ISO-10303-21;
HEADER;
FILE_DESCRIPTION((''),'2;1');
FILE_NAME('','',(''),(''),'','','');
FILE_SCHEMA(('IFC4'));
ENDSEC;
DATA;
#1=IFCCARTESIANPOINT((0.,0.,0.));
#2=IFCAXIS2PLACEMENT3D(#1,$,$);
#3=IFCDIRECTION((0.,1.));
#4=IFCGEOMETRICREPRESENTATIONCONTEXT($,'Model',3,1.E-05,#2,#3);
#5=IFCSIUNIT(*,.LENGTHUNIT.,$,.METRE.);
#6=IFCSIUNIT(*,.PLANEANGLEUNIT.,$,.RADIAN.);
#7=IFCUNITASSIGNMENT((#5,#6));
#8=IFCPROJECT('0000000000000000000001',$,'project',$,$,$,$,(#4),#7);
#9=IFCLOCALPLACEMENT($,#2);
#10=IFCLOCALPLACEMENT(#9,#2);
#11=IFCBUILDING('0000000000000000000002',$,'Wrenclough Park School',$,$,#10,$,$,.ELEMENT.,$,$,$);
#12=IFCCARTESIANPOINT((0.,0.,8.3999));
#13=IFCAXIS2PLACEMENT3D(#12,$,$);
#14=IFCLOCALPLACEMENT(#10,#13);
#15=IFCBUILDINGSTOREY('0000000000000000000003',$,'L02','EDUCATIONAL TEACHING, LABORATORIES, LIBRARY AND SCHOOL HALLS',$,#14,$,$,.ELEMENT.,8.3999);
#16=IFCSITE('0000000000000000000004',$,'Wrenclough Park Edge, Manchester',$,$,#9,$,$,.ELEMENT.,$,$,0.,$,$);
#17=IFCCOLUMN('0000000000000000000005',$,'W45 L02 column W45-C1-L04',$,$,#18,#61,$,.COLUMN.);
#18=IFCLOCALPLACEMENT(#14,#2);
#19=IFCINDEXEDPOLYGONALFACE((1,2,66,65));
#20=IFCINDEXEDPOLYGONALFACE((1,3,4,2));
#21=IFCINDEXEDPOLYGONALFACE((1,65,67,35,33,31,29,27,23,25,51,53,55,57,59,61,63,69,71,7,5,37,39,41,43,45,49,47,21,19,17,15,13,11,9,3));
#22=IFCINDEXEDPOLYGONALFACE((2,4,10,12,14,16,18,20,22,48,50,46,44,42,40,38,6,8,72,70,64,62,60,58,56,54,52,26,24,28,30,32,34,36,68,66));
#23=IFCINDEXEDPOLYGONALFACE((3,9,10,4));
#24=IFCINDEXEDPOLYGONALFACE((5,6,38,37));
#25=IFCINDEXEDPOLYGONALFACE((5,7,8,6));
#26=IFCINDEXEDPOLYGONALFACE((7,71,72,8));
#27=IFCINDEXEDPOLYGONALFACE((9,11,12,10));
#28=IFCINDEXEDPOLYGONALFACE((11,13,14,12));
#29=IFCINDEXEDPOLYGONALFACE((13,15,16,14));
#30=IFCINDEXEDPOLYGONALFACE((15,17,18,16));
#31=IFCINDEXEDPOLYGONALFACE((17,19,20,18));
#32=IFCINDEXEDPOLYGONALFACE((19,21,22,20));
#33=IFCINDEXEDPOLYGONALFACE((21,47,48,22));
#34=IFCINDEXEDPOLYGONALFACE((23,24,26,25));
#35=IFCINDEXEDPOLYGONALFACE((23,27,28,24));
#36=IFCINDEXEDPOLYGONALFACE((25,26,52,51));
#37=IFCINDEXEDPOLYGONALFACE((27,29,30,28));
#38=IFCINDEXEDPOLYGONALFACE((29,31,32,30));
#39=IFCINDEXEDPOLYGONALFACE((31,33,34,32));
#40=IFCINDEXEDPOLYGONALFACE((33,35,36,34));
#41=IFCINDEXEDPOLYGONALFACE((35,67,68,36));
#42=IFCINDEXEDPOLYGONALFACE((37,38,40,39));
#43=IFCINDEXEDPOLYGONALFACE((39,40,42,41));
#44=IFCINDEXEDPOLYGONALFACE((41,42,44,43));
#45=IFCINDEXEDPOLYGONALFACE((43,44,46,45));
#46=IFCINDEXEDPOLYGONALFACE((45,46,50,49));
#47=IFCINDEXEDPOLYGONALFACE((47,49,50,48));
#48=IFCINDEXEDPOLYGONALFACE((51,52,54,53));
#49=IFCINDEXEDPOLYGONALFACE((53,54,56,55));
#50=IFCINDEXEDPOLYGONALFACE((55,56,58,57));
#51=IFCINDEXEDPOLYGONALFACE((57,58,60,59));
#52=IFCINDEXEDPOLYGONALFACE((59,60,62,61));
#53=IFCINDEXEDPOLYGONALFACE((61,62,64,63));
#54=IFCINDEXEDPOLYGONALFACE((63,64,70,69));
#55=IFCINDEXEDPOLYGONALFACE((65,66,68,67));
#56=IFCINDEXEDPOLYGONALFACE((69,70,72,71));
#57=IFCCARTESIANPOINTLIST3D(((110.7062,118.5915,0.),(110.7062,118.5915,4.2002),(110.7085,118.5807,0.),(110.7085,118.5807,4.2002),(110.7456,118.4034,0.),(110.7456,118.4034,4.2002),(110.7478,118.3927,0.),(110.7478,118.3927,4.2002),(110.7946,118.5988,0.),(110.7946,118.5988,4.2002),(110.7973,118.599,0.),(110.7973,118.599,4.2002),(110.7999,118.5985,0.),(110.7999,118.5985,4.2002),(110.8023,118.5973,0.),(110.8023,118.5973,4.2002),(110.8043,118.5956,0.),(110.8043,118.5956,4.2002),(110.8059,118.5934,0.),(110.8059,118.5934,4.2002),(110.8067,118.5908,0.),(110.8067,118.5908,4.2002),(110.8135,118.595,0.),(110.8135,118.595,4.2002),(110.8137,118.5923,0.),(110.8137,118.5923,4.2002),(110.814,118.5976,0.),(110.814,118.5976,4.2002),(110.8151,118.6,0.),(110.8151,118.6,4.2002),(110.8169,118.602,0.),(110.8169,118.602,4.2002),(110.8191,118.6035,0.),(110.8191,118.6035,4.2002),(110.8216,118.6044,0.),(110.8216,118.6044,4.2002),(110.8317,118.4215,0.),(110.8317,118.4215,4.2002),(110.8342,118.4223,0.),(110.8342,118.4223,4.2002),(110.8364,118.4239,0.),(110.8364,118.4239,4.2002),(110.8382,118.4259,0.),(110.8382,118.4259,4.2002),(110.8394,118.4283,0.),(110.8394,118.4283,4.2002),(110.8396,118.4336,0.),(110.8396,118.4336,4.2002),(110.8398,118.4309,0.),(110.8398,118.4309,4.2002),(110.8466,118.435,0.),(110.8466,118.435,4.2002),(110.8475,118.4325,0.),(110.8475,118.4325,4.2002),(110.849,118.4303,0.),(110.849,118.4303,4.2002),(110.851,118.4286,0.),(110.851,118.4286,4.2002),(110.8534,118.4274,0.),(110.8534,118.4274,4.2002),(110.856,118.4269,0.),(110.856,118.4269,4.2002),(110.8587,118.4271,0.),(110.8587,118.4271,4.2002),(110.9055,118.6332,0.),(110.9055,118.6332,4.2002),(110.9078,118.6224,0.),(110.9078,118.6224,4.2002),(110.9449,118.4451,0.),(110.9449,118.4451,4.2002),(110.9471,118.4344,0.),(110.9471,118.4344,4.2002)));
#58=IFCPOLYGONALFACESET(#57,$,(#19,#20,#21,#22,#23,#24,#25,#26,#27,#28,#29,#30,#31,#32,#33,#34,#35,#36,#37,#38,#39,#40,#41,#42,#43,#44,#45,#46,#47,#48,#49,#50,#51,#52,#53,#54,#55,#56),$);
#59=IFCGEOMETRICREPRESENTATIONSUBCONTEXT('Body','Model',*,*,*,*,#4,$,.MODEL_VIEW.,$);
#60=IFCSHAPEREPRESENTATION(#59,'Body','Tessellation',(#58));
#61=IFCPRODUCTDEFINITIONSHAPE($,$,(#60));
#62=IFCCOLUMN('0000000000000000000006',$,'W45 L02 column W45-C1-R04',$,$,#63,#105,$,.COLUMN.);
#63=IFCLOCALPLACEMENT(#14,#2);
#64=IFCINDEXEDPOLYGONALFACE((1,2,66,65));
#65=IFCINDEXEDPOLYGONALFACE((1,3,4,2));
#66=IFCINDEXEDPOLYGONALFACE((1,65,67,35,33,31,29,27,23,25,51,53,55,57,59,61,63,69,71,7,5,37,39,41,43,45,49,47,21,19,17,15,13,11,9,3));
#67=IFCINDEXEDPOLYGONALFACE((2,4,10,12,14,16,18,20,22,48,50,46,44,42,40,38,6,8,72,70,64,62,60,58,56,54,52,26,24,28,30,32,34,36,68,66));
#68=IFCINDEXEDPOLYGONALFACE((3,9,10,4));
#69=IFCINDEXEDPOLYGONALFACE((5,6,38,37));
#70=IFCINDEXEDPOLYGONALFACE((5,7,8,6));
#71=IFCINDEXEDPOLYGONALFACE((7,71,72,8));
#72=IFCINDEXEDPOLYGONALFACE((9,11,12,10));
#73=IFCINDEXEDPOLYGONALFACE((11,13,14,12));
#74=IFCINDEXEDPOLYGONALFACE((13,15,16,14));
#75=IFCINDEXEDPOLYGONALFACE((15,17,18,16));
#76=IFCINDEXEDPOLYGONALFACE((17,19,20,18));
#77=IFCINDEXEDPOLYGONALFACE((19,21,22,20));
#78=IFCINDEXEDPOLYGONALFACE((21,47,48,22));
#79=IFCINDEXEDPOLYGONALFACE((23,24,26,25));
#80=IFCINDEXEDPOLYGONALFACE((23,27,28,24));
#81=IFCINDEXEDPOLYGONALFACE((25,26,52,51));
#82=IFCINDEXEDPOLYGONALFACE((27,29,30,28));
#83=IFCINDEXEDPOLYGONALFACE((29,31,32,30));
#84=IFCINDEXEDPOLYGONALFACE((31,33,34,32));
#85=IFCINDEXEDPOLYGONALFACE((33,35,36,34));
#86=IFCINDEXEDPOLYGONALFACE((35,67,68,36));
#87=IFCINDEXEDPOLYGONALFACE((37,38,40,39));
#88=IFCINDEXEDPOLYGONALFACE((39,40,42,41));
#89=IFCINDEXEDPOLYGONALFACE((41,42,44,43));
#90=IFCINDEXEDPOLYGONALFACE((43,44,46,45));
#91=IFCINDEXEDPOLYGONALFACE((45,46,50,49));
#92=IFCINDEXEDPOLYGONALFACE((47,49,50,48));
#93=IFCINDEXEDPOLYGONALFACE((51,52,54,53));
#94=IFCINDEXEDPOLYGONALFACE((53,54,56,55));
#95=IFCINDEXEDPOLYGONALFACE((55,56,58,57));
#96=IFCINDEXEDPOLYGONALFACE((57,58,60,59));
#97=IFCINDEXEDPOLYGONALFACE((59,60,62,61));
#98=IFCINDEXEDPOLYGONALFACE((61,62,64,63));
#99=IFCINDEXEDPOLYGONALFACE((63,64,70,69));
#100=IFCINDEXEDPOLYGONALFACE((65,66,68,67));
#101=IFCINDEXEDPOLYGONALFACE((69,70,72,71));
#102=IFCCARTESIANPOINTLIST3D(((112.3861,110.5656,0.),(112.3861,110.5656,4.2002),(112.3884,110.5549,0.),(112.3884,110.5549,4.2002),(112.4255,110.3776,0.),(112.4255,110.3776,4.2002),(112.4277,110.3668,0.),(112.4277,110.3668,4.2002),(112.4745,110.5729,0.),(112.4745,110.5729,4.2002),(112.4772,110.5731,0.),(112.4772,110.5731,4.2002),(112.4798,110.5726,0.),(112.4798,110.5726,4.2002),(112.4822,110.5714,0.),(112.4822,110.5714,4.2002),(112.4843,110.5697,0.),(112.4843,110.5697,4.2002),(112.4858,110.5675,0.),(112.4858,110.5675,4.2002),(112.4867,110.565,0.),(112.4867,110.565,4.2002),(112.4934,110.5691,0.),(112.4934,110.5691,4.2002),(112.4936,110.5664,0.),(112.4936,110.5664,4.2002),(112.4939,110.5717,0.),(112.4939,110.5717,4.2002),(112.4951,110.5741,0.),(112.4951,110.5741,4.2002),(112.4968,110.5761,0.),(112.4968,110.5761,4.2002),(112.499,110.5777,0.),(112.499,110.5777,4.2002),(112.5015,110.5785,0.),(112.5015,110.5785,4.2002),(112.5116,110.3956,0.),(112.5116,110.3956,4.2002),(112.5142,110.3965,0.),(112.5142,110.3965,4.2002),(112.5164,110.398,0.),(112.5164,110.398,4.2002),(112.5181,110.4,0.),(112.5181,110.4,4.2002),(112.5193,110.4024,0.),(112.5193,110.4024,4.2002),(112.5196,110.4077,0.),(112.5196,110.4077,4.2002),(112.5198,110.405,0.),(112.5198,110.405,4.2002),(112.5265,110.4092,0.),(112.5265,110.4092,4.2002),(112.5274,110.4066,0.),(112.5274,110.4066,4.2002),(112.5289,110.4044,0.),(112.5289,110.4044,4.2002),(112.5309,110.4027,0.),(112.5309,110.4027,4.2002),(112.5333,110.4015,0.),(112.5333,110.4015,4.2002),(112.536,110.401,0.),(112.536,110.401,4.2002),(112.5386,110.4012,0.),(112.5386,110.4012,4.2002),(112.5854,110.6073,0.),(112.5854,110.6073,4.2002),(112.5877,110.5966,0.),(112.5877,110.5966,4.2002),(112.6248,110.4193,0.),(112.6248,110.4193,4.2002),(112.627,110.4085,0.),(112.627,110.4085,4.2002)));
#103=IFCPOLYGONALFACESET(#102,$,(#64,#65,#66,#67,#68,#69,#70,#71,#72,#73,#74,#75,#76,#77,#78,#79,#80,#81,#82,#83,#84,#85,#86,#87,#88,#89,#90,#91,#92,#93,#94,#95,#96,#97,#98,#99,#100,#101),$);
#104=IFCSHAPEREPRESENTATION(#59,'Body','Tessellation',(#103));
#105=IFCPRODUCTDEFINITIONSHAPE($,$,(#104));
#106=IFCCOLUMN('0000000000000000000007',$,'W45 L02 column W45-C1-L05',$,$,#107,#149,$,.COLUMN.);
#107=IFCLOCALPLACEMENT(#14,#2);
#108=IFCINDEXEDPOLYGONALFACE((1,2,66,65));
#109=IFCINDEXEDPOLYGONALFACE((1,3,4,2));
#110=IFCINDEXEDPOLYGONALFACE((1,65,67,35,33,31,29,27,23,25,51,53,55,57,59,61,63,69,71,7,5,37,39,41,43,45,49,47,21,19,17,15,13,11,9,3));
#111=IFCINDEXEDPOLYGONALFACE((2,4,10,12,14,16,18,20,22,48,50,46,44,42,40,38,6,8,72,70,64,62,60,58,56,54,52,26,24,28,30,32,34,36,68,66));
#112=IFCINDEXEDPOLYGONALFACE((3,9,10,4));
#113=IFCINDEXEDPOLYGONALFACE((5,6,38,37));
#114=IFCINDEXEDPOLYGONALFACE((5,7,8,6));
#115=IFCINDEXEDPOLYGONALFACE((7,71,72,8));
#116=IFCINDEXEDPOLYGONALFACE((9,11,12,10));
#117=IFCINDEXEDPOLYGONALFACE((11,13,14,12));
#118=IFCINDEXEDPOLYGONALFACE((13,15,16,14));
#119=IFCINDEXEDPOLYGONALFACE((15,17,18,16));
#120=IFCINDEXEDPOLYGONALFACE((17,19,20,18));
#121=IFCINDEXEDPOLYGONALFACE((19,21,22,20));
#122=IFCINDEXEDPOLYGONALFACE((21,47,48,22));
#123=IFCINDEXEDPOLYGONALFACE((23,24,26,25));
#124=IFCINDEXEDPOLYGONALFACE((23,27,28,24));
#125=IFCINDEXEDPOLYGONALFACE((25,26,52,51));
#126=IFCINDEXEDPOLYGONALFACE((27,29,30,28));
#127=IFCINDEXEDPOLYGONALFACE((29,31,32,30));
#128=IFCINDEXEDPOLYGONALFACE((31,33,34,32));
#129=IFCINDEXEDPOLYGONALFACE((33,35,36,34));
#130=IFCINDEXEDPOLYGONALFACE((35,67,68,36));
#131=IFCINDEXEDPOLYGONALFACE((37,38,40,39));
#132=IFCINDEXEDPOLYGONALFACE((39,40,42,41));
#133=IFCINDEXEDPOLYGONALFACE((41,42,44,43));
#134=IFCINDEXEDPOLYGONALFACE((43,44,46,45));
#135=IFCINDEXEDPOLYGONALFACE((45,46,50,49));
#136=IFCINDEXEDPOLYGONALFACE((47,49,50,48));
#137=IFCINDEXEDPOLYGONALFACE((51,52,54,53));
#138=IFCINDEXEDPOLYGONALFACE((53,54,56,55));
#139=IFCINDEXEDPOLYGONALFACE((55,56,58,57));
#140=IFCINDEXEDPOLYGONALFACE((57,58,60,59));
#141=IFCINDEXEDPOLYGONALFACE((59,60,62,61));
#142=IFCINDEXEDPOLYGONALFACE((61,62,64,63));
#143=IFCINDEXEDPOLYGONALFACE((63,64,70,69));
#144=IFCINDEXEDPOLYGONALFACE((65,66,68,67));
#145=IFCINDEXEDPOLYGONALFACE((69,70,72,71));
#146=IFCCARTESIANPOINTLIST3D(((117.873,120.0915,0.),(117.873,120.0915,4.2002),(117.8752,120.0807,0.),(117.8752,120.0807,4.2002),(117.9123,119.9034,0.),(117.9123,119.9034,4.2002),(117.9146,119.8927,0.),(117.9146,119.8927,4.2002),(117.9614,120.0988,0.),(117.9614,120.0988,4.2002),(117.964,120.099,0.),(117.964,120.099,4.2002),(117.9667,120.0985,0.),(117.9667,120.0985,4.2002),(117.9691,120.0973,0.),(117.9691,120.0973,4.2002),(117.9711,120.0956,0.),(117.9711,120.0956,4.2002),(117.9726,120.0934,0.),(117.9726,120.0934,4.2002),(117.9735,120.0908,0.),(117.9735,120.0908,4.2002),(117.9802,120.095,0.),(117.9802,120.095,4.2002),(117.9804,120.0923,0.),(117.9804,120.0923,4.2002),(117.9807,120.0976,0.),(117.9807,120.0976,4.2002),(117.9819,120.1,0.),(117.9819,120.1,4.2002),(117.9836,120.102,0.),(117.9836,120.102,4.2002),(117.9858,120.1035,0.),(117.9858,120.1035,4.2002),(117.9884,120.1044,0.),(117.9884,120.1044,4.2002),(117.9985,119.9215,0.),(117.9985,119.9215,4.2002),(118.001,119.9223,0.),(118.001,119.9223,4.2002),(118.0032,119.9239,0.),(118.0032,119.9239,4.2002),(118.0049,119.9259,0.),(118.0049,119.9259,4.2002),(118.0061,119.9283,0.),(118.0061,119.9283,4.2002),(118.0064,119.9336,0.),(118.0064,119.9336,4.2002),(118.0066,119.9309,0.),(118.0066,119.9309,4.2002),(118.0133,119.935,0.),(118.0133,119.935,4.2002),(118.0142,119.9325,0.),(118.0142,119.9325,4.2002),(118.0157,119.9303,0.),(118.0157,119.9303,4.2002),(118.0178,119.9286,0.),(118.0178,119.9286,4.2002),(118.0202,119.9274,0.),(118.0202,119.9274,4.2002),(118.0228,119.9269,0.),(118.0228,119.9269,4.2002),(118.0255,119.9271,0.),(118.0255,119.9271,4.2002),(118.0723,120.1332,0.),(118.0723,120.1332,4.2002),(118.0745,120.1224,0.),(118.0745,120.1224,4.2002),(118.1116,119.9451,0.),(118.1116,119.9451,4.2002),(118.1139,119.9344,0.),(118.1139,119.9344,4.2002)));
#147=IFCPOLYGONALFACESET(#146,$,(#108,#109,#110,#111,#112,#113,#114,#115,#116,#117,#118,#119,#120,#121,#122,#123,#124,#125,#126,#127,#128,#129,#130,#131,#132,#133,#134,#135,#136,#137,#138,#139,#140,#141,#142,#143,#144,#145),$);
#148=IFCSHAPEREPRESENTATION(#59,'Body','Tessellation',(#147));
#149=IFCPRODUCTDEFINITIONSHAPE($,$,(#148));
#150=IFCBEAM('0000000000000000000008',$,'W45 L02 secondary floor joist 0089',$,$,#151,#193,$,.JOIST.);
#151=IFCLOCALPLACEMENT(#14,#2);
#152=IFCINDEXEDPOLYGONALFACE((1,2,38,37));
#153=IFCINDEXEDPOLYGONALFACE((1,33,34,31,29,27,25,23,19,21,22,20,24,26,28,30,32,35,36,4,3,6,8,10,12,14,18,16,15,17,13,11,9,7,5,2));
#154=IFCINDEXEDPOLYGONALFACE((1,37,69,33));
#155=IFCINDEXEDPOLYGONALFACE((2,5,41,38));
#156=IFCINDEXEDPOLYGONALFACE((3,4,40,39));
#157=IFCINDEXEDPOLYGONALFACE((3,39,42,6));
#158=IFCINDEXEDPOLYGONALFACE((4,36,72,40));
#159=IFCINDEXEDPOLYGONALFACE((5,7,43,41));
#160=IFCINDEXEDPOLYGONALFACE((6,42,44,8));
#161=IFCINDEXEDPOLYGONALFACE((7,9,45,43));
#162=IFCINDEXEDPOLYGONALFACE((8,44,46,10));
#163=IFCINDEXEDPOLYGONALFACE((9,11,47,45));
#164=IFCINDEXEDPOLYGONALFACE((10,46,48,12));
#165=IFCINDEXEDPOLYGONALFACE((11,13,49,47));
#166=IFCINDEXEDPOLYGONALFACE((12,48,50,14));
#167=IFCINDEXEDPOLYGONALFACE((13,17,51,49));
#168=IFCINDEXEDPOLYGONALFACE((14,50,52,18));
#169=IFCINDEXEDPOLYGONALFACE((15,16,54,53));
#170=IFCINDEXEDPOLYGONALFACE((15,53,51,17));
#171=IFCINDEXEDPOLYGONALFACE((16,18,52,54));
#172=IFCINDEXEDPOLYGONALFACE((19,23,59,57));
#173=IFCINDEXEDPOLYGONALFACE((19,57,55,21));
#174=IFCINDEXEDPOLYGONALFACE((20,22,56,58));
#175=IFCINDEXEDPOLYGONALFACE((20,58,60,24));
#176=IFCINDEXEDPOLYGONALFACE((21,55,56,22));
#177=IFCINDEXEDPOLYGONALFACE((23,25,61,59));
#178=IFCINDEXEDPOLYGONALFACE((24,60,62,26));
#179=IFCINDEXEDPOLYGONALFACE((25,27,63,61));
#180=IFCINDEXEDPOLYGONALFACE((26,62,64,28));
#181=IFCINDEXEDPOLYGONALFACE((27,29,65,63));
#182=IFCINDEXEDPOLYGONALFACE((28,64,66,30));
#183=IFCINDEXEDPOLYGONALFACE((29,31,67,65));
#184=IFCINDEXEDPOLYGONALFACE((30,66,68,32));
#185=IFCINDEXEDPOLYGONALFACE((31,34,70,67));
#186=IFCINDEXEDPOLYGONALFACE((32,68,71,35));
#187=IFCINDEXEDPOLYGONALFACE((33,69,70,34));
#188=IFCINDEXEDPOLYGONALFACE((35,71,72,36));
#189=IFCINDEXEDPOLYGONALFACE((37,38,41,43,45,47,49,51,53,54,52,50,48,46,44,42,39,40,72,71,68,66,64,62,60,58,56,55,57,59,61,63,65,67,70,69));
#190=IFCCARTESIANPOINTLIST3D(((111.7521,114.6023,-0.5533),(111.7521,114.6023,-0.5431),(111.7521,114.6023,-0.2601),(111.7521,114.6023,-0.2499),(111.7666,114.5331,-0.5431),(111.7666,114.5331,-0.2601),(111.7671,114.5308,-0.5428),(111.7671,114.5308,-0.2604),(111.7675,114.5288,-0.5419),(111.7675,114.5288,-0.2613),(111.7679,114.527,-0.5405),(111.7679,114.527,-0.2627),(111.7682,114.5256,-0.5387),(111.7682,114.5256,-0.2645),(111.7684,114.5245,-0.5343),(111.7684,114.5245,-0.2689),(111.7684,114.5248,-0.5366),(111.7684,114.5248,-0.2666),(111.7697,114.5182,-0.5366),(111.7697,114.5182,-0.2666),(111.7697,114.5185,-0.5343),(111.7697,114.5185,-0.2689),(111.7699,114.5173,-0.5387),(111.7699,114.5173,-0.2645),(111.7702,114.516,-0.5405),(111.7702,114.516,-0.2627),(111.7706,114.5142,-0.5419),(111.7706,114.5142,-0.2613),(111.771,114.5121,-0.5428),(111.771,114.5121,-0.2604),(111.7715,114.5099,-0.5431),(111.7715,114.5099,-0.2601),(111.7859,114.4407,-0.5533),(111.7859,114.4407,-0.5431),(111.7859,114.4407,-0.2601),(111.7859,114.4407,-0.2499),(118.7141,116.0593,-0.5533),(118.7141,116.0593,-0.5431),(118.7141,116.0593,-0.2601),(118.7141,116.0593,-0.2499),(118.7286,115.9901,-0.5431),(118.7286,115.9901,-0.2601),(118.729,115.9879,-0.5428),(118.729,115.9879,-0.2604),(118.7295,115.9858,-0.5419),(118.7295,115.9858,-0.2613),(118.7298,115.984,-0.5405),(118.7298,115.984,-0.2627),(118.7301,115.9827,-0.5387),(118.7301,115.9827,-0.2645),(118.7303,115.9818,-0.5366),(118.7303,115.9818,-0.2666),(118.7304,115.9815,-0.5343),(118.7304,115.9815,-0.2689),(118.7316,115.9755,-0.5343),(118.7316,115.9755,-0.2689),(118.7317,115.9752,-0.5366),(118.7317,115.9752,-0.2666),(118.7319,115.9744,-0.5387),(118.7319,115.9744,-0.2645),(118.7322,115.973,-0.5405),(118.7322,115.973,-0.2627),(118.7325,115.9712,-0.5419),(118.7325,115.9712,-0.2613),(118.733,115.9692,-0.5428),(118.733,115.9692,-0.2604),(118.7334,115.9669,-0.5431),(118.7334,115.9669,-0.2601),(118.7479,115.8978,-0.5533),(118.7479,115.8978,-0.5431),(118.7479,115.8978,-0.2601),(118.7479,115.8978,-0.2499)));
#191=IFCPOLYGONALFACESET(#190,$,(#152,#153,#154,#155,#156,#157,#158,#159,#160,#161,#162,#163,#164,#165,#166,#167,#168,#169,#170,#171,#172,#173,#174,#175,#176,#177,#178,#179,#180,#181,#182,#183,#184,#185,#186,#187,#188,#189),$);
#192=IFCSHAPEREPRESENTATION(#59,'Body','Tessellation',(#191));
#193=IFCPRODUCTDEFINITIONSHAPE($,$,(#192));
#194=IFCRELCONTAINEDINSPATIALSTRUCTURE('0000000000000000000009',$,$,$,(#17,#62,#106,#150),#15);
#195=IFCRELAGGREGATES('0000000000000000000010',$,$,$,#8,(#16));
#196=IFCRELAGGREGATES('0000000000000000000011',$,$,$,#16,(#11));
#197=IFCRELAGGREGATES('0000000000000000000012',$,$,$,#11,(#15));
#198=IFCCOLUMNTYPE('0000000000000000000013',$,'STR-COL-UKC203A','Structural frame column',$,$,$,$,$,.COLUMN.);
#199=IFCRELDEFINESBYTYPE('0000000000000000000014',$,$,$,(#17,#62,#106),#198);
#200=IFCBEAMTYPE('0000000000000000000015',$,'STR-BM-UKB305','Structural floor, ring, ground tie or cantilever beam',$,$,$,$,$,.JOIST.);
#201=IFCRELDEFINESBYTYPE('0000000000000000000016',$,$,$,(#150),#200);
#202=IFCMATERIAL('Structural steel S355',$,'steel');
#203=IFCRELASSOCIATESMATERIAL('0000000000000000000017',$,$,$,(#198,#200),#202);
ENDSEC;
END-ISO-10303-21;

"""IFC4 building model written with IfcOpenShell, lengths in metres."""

from ifc_helpers import new_model, si_unit, direction, frame, origin, origin_2d, place, context, subcontext, project, spatial, i_section, extrude, material, material_profile, profile_set, type_object, element, save


model = new_model("IFC4")

# Units and contexts
model_context = context("Model", 3, precision=1e-05, world=origin(), true_north=direction((0.0, 1.0)))
body_context = subcontext(model_context, "Body", "Model", "MODEL_VIEW")
ifc_project = project(units=[si_unit("LENGTHUNIT", "METRE"), si_unit("PLANEANGLEUNIT", "RADIAN")], contexts=[model_context])

# Site, building, storey
site_placement = place(None, origin())
site = spatial("IfcSite", under=ifc_project, at=site_placement, Name="Wrenclough Park Edge, Manchester", CompositionType="ELEMENT", RefElevation=0.0)
building_placement = place(site_placement, origin())
building = spatial("IfcBuilding", under=site, at=building_placement, Name="Wrenclough Park School", CompositionType="ELEMENT")
storey_placement = place(building_placement, frame((0.0, 0.0, 8.3999)))
storey = spatial("IfcBuildingStorey", under=building, at=storey_placement, Name="L02", Description="EDUCATIONAL TEACHING, LABORATORIES, LIBRARY AND SCHOOL HALLS", CompositionType="ELEMENT", Elevation=8.3999)

# Columns
ifc_material_1 = material(Name="Structural steel S355", Category="steel")
ifc_material_profile_1 = material_profile(ifc_material_1, i_section(OverallWidth=0.2036, OverallDepth=0.2031, WebThickness=0.0071, FlangeThickness=0.011, FilletRadius=0.0103, at=origin_2d()), Name="UKC 203x203x46")
ifc_profile_set_1 = profile_set([ifc_material_profile_1], Name="Structural steel S355")
column_type = type_object("IfcColumnType", Name="STR-COL-UKC203A", Description="Structural frame column", PredefinedType="COLUMN", material=ifc_profile_set_1)
for number, where, z_axis, x_axis, name in (
    (1, (110.8267, 118.5129, 0.0), (0.0, 0.0, 1.0), (0.978796, 0.204838, 0.0), "W45 L02 column W45-C1-L04"),
    (2, (112.5066, 110.4871, 0.0), (0.0, 0.0, 1.0), (0.978796, 0.204838, 0.0), "W45 L02 column W45-C1-R04"),
    (3, (117.9934, 120.0129, 0.0), (0.0, 0.0, 1.0), (0.978796, 0.204838, 0.0), "W45 L02 column W45-C1-L05"),
):
    element("IfcColumn", number, at=place(storey_placement, frame(where, z_axis=z_axis, x_axis=x_axis)), inside=storey, type_object=column_type, Name=name, PredefinedType="COLUMN", context=body_context, shape_type="SweptSolid", body=[
        extrude(i_section(OverallWidth=0.2036, OverallDepth=0.2031, WebThickness=0.0071, FlangeThickness=0.011, FilletRadius=0.0103, at=origin_2d()), origin(), (0.0, 0.0, 1.0), 4.2002),
    ])

# Beam
ifc_material_profile_2 = material_profile(ifc_material_1, i_section(OverallWidth=0.165, OverallDepth=0.3035, WebThickness=0.0061, FlangeThickness=0.0103, FilletRadius=0.0088, at=origin_2d()), Name="UKB 305x165x40")
ifc_profile_set_2 = profile_set([ifc_material_profile_2], Name="Structural steel S355")
beam_type_1 = type_object("IfcBeamType", Name="STR-BM-UKB305", Description="Structural floor, ring, ground tie or cantilever beam", PredefinedType="JOIST", material=ifc_profile_set_2)
beam_1_placement = place(storey_placement, frame((111.769, 114.5215, -0.4016), z_axis=(0.978794, 0.204848, 0.0), x_axis=(-0.204848, 0.978794, 0.0)))
element("IfcBeam", 4, at=beam_1_placement, inside=storey, type_object=beam_type_1, Name="W45 L02 secondary floor joist 0089", PredefinedType="JOIST", context=body_context, shape_type="SweptSolid", body=[
    extrude(i_section(OverallWidth=0.165, OverallDepth=0.3035, WebThickness=0.0061, FlangeThickness=0.0103, FilletRadius=0.0088, at=origin_2d()), origin(), (0.0, 0.0, 1.0), 7.1128),
])

save(model, "model.ifc")
